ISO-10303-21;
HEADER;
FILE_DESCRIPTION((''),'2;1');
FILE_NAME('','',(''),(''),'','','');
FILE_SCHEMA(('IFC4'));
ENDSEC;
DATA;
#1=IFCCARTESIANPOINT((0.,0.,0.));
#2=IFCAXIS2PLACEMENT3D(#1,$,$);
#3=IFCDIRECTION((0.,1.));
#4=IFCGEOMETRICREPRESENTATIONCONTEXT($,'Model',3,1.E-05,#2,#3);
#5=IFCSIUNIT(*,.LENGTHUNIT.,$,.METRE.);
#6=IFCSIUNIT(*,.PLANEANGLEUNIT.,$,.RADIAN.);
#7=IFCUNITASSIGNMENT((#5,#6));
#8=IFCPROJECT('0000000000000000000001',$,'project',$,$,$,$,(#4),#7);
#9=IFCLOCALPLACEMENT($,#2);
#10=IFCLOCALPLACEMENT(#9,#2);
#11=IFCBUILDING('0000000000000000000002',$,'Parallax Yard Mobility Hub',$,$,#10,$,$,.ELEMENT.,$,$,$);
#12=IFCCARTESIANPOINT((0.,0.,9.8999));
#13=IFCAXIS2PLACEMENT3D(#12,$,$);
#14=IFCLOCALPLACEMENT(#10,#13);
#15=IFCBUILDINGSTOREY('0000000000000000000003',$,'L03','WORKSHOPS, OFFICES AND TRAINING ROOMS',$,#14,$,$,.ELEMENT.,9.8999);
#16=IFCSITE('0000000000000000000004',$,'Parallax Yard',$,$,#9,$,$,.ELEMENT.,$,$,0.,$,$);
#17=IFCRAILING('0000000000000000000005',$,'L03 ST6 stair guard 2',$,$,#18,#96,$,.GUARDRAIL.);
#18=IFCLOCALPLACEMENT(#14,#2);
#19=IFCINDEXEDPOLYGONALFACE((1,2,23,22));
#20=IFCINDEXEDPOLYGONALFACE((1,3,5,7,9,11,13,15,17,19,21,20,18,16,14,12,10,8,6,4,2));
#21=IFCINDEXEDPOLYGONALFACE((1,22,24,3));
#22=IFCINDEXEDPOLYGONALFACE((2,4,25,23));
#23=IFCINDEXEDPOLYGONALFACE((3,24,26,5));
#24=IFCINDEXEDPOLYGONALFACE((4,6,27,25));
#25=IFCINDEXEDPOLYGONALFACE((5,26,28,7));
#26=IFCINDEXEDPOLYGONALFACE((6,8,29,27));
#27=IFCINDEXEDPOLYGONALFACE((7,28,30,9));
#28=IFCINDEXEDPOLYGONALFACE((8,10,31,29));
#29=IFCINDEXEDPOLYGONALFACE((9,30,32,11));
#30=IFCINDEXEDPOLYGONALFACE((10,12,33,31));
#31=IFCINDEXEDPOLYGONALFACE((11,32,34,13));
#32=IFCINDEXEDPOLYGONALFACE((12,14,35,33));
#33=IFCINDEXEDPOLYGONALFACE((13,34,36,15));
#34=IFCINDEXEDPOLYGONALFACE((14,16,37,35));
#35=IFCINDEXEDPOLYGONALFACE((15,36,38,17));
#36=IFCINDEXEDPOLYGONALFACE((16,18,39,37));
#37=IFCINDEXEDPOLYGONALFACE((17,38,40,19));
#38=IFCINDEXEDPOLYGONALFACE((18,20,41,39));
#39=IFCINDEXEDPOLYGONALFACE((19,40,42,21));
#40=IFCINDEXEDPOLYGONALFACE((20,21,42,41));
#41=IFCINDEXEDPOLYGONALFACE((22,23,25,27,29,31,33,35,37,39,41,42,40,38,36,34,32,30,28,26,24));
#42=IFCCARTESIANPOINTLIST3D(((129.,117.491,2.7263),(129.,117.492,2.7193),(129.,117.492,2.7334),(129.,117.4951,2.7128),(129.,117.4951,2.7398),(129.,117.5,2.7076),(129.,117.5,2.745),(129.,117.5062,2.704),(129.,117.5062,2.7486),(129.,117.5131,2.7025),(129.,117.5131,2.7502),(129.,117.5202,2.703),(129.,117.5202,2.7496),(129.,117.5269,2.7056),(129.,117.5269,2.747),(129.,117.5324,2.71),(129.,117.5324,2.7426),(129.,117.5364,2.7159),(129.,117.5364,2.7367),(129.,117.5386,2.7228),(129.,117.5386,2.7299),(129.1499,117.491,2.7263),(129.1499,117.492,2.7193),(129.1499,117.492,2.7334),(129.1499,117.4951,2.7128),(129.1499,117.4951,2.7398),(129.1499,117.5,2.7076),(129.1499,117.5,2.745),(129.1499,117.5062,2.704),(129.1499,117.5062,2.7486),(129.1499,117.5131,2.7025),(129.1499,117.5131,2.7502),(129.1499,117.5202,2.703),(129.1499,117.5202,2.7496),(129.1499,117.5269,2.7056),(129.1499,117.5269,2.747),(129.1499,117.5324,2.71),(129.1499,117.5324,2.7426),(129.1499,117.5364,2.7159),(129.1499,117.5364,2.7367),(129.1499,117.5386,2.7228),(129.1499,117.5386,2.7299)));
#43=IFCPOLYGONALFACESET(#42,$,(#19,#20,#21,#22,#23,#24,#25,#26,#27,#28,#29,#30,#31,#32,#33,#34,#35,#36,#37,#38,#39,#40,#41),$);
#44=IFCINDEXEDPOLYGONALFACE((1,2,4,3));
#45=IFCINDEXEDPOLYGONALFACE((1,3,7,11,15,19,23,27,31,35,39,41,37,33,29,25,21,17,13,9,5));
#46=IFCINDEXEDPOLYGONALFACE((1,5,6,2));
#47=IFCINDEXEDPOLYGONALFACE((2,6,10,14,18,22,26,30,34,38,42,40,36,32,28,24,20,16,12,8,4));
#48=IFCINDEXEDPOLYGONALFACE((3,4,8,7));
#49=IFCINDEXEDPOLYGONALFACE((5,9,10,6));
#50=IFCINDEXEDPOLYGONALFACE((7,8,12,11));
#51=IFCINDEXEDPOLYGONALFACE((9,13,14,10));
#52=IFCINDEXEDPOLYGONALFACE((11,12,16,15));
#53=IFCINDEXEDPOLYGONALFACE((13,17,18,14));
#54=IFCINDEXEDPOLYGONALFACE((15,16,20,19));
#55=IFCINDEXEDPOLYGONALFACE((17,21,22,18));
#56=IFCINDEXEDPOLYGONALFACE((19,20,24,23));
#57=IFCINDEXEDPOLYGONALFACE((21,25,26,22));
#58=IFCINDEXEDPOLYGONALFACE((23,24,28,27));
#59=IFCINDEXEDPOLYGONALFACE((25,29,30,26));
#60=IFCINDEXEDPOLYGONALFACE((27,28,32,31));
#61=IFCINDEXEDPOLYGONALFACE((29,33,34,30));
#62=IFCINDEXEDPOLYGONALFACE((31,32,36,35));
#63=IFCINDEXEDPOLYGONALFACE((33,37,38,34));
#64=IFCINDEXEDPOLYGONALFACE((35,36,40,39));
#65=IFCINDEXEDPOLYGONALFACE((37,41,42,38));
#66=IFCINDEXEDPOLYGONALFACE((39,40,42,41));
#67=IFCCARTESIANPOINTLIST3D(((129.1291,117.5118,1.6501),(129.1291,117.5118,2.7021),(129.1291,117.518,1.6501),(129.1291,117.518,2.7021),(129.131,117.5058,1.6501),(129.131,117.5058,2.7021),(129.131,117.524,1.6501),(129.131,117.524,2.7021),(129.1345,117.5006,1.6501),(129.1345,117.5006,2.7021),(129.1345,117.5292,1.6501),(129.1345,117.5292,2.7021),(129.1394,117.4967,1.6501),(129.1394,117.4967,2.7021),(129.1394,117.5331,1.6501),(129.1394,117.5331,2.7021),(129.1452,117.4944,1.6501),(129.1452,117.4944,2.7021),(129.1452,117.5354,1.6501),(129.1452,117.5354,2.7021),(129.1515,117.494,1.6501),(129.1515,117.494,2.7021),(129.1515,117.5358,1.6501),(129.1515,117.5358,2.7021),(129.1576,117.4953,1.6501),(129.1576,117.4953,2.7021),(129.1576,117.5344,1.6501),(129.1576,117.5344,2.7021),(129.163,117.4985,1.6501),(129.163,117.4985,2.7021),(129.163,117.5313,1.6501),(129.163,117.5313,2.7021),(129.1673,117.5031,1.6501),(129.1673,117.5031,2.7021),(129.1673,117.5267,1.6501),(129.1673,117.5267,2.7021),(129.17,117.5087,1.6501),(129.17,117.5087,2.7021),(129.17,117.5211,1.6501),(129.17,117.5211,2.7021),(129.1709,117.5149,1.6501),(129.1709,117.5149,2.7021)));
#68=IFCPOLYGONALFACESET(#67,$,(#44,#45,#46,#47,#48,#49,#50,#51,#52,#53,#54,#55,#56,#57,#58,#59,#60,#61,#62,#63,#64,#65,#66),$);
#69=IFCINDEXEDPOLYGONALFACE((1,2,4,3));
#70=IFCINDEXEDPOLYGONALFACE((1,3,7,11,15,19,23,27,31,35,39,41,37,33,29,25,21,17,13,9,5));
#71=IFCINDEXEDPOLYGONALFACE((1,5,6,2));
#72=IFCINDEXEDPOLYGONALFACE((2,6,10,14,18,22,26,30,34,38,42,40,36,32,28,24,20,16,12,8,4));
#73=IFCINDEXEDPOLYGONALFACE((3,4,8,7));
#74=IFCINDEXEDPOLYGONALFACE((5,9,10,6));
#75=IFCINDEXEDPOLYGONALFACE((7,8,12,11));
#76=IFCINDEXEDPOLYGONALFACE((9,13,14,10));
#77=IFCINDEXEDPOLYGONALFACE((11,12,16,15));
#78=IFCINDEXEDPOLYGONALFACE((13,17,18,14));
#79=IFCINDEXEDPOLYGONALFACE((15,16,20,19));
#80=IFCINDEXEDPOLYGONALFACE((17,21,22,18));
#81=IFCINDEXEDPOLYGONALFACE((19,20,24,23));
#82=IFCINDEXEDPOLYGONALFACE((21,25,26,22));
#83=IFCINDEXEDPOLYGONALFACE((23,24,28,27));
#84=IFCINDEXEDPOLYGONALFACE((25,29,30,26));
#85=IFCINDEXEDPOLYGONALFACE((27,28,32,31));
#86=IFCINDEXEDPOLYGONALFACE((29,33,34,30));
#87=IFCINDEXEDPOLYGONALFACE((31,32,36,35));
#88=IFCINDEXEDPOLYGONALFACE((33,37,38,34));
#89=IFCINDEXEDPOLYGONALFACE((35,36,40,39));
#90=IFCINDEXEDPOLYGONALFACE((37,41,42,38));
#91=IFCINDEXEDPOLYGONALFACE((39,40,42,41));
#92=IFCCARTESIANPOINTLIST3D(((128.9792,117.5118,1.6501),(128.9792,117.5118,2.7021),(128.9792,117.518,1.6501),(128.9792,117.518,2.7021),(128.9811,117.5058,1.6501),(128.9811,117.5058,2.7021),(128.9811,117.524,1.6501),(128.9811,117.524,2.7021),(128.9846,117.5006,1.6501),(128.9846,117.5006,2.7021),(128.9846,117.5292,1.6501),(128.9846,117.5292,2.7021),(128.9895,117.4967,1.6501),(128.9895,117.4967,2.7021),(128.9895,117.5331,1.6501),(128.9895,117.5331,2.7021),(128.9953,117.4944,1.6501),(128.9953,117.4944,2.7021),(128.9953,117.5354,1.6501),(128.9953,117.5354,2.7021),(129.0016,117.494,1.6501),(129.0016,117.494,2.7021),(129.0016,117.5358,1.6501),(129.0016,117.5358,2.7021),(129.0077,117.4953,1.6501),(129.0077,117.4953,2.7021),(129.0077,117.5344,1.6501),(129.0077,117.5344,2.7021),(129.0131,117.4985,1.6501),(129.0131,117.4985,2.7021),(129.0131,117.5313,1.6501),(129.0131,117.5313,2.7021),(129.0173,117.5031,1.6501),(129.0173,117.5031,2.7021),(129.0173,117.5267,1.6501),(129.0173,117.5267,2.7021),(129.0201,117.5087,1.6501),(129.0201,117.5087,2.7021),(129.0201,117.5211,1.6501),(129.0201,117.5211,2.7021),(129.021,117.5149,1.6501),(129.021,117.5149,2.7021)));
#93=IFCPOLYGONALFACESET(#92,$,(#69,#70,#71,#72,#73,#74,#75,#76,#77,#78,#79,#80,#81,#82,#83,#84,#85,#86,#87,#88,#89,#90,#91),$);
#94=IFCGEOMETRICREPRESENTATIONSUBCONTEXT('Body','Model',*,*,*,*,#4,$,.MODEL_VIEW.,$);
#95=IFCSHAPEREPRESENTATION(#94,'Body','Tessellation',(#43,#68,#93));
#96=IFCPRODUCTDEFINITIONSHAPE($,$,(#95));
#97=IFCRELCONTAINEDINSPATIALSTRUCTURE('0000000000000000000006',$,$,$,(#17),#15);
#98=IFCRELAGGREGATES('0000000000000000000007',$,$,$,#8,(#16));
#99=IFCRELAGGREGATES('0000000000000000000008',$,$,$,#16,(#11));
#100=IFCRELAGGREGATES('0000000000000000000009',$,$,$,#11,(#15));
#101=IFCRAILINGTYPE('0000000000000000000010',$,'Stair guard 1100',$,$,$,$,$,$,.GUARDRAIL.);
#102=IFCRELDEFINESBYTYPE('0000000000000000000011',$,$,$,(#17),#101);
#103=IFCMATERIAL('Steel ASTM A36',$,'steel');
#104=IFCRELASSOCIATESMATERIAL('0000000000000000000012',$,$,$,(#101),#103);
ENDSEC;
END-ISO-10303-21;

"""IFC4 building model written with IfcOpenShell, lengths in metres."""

from ifc_helpers import new_model, si_unit, direction, frame, origin, origin_2d, place, context, subcontext, project, spatial, circle, extrude, material, type_object, element, save


model = new_model("IFC4")

# Units and contexts
model_context = context("Model", 3, precision=1e-05, world=origin(), true_north=direction((0.0, 1.0)))
body_context = subcontext(model_context, "Body", "Model", "MODEL_VIEW")
ifc_project = project(units=[si_unit("LENGTHUNIT", "METRE"), si_unit("PLANEANGLEUNIT", "RADIAN")], contexts=[model_context])

# Site, building, storey
site_placement = place(None, origin())
site = spatial("IfcSite", under=ifc_project, at=site_placement, Name="Parallax Yard", CompositionType="ELEMENT", RefElevation=0.0)
building_placement = place(site_placement, origin())
building = spatial("IfcBuilding", under=site, at=building_placement, Name="Parallax Yard Mobility Hub", CompositionType="ELEMENT")
storey_placement = place(building_placement, frame((0.0, 0.0, 9.8999)))
storey = spatial("IfcBuildingStorey", under=building, at=storey_placement, Name="L03", Description="WORKSHOPS, OFFICES AND TRAINING ROOMS", CompositionType="ELEMENT", Elevation=9.8999)

# Railing
ifc_material_1 = material(Name="Steel ASTM A36", Category="steel")
railing_type_1 = type_object("IfcRailingType", Name="Stair guard 1100", PredefinedType="GUARDRAIL", material=ifc_material_1)
railing_1_placement = place(storey_placement, frame((129.1499, 117.5149, 1.6501)))
element("IfcRailing", 1, at=railing_1_placement, inside=storey, type_object=railing_type_1, Name="L03 ST6 stair guard 2", PredefinedType="GUARDRAIL", context=body_context, shape_type="SweptSolid", body=[
    extrude(circle(Radius=0.0239, at=origin_2d()), frame((0.0, 0.0, 1.0762), z_axis=(-1.0, 0.0, 0.0), x_axis=(0.0, -1.0, 0.0)), (0.0, 0.0, 1.0), 0.1499),
    extrude(circle(Radius=0.021, at=origin_2d()), origin(), (0.0, 0.0, 1.0), 1.052),
    extrude(circle(Radius=0.021, at=origin_2d()), frame((-0.1499, 0.0, 0.0)), (0.0, 0.0, 1.0), 1.052),
])

save(model, "model.ifc")
